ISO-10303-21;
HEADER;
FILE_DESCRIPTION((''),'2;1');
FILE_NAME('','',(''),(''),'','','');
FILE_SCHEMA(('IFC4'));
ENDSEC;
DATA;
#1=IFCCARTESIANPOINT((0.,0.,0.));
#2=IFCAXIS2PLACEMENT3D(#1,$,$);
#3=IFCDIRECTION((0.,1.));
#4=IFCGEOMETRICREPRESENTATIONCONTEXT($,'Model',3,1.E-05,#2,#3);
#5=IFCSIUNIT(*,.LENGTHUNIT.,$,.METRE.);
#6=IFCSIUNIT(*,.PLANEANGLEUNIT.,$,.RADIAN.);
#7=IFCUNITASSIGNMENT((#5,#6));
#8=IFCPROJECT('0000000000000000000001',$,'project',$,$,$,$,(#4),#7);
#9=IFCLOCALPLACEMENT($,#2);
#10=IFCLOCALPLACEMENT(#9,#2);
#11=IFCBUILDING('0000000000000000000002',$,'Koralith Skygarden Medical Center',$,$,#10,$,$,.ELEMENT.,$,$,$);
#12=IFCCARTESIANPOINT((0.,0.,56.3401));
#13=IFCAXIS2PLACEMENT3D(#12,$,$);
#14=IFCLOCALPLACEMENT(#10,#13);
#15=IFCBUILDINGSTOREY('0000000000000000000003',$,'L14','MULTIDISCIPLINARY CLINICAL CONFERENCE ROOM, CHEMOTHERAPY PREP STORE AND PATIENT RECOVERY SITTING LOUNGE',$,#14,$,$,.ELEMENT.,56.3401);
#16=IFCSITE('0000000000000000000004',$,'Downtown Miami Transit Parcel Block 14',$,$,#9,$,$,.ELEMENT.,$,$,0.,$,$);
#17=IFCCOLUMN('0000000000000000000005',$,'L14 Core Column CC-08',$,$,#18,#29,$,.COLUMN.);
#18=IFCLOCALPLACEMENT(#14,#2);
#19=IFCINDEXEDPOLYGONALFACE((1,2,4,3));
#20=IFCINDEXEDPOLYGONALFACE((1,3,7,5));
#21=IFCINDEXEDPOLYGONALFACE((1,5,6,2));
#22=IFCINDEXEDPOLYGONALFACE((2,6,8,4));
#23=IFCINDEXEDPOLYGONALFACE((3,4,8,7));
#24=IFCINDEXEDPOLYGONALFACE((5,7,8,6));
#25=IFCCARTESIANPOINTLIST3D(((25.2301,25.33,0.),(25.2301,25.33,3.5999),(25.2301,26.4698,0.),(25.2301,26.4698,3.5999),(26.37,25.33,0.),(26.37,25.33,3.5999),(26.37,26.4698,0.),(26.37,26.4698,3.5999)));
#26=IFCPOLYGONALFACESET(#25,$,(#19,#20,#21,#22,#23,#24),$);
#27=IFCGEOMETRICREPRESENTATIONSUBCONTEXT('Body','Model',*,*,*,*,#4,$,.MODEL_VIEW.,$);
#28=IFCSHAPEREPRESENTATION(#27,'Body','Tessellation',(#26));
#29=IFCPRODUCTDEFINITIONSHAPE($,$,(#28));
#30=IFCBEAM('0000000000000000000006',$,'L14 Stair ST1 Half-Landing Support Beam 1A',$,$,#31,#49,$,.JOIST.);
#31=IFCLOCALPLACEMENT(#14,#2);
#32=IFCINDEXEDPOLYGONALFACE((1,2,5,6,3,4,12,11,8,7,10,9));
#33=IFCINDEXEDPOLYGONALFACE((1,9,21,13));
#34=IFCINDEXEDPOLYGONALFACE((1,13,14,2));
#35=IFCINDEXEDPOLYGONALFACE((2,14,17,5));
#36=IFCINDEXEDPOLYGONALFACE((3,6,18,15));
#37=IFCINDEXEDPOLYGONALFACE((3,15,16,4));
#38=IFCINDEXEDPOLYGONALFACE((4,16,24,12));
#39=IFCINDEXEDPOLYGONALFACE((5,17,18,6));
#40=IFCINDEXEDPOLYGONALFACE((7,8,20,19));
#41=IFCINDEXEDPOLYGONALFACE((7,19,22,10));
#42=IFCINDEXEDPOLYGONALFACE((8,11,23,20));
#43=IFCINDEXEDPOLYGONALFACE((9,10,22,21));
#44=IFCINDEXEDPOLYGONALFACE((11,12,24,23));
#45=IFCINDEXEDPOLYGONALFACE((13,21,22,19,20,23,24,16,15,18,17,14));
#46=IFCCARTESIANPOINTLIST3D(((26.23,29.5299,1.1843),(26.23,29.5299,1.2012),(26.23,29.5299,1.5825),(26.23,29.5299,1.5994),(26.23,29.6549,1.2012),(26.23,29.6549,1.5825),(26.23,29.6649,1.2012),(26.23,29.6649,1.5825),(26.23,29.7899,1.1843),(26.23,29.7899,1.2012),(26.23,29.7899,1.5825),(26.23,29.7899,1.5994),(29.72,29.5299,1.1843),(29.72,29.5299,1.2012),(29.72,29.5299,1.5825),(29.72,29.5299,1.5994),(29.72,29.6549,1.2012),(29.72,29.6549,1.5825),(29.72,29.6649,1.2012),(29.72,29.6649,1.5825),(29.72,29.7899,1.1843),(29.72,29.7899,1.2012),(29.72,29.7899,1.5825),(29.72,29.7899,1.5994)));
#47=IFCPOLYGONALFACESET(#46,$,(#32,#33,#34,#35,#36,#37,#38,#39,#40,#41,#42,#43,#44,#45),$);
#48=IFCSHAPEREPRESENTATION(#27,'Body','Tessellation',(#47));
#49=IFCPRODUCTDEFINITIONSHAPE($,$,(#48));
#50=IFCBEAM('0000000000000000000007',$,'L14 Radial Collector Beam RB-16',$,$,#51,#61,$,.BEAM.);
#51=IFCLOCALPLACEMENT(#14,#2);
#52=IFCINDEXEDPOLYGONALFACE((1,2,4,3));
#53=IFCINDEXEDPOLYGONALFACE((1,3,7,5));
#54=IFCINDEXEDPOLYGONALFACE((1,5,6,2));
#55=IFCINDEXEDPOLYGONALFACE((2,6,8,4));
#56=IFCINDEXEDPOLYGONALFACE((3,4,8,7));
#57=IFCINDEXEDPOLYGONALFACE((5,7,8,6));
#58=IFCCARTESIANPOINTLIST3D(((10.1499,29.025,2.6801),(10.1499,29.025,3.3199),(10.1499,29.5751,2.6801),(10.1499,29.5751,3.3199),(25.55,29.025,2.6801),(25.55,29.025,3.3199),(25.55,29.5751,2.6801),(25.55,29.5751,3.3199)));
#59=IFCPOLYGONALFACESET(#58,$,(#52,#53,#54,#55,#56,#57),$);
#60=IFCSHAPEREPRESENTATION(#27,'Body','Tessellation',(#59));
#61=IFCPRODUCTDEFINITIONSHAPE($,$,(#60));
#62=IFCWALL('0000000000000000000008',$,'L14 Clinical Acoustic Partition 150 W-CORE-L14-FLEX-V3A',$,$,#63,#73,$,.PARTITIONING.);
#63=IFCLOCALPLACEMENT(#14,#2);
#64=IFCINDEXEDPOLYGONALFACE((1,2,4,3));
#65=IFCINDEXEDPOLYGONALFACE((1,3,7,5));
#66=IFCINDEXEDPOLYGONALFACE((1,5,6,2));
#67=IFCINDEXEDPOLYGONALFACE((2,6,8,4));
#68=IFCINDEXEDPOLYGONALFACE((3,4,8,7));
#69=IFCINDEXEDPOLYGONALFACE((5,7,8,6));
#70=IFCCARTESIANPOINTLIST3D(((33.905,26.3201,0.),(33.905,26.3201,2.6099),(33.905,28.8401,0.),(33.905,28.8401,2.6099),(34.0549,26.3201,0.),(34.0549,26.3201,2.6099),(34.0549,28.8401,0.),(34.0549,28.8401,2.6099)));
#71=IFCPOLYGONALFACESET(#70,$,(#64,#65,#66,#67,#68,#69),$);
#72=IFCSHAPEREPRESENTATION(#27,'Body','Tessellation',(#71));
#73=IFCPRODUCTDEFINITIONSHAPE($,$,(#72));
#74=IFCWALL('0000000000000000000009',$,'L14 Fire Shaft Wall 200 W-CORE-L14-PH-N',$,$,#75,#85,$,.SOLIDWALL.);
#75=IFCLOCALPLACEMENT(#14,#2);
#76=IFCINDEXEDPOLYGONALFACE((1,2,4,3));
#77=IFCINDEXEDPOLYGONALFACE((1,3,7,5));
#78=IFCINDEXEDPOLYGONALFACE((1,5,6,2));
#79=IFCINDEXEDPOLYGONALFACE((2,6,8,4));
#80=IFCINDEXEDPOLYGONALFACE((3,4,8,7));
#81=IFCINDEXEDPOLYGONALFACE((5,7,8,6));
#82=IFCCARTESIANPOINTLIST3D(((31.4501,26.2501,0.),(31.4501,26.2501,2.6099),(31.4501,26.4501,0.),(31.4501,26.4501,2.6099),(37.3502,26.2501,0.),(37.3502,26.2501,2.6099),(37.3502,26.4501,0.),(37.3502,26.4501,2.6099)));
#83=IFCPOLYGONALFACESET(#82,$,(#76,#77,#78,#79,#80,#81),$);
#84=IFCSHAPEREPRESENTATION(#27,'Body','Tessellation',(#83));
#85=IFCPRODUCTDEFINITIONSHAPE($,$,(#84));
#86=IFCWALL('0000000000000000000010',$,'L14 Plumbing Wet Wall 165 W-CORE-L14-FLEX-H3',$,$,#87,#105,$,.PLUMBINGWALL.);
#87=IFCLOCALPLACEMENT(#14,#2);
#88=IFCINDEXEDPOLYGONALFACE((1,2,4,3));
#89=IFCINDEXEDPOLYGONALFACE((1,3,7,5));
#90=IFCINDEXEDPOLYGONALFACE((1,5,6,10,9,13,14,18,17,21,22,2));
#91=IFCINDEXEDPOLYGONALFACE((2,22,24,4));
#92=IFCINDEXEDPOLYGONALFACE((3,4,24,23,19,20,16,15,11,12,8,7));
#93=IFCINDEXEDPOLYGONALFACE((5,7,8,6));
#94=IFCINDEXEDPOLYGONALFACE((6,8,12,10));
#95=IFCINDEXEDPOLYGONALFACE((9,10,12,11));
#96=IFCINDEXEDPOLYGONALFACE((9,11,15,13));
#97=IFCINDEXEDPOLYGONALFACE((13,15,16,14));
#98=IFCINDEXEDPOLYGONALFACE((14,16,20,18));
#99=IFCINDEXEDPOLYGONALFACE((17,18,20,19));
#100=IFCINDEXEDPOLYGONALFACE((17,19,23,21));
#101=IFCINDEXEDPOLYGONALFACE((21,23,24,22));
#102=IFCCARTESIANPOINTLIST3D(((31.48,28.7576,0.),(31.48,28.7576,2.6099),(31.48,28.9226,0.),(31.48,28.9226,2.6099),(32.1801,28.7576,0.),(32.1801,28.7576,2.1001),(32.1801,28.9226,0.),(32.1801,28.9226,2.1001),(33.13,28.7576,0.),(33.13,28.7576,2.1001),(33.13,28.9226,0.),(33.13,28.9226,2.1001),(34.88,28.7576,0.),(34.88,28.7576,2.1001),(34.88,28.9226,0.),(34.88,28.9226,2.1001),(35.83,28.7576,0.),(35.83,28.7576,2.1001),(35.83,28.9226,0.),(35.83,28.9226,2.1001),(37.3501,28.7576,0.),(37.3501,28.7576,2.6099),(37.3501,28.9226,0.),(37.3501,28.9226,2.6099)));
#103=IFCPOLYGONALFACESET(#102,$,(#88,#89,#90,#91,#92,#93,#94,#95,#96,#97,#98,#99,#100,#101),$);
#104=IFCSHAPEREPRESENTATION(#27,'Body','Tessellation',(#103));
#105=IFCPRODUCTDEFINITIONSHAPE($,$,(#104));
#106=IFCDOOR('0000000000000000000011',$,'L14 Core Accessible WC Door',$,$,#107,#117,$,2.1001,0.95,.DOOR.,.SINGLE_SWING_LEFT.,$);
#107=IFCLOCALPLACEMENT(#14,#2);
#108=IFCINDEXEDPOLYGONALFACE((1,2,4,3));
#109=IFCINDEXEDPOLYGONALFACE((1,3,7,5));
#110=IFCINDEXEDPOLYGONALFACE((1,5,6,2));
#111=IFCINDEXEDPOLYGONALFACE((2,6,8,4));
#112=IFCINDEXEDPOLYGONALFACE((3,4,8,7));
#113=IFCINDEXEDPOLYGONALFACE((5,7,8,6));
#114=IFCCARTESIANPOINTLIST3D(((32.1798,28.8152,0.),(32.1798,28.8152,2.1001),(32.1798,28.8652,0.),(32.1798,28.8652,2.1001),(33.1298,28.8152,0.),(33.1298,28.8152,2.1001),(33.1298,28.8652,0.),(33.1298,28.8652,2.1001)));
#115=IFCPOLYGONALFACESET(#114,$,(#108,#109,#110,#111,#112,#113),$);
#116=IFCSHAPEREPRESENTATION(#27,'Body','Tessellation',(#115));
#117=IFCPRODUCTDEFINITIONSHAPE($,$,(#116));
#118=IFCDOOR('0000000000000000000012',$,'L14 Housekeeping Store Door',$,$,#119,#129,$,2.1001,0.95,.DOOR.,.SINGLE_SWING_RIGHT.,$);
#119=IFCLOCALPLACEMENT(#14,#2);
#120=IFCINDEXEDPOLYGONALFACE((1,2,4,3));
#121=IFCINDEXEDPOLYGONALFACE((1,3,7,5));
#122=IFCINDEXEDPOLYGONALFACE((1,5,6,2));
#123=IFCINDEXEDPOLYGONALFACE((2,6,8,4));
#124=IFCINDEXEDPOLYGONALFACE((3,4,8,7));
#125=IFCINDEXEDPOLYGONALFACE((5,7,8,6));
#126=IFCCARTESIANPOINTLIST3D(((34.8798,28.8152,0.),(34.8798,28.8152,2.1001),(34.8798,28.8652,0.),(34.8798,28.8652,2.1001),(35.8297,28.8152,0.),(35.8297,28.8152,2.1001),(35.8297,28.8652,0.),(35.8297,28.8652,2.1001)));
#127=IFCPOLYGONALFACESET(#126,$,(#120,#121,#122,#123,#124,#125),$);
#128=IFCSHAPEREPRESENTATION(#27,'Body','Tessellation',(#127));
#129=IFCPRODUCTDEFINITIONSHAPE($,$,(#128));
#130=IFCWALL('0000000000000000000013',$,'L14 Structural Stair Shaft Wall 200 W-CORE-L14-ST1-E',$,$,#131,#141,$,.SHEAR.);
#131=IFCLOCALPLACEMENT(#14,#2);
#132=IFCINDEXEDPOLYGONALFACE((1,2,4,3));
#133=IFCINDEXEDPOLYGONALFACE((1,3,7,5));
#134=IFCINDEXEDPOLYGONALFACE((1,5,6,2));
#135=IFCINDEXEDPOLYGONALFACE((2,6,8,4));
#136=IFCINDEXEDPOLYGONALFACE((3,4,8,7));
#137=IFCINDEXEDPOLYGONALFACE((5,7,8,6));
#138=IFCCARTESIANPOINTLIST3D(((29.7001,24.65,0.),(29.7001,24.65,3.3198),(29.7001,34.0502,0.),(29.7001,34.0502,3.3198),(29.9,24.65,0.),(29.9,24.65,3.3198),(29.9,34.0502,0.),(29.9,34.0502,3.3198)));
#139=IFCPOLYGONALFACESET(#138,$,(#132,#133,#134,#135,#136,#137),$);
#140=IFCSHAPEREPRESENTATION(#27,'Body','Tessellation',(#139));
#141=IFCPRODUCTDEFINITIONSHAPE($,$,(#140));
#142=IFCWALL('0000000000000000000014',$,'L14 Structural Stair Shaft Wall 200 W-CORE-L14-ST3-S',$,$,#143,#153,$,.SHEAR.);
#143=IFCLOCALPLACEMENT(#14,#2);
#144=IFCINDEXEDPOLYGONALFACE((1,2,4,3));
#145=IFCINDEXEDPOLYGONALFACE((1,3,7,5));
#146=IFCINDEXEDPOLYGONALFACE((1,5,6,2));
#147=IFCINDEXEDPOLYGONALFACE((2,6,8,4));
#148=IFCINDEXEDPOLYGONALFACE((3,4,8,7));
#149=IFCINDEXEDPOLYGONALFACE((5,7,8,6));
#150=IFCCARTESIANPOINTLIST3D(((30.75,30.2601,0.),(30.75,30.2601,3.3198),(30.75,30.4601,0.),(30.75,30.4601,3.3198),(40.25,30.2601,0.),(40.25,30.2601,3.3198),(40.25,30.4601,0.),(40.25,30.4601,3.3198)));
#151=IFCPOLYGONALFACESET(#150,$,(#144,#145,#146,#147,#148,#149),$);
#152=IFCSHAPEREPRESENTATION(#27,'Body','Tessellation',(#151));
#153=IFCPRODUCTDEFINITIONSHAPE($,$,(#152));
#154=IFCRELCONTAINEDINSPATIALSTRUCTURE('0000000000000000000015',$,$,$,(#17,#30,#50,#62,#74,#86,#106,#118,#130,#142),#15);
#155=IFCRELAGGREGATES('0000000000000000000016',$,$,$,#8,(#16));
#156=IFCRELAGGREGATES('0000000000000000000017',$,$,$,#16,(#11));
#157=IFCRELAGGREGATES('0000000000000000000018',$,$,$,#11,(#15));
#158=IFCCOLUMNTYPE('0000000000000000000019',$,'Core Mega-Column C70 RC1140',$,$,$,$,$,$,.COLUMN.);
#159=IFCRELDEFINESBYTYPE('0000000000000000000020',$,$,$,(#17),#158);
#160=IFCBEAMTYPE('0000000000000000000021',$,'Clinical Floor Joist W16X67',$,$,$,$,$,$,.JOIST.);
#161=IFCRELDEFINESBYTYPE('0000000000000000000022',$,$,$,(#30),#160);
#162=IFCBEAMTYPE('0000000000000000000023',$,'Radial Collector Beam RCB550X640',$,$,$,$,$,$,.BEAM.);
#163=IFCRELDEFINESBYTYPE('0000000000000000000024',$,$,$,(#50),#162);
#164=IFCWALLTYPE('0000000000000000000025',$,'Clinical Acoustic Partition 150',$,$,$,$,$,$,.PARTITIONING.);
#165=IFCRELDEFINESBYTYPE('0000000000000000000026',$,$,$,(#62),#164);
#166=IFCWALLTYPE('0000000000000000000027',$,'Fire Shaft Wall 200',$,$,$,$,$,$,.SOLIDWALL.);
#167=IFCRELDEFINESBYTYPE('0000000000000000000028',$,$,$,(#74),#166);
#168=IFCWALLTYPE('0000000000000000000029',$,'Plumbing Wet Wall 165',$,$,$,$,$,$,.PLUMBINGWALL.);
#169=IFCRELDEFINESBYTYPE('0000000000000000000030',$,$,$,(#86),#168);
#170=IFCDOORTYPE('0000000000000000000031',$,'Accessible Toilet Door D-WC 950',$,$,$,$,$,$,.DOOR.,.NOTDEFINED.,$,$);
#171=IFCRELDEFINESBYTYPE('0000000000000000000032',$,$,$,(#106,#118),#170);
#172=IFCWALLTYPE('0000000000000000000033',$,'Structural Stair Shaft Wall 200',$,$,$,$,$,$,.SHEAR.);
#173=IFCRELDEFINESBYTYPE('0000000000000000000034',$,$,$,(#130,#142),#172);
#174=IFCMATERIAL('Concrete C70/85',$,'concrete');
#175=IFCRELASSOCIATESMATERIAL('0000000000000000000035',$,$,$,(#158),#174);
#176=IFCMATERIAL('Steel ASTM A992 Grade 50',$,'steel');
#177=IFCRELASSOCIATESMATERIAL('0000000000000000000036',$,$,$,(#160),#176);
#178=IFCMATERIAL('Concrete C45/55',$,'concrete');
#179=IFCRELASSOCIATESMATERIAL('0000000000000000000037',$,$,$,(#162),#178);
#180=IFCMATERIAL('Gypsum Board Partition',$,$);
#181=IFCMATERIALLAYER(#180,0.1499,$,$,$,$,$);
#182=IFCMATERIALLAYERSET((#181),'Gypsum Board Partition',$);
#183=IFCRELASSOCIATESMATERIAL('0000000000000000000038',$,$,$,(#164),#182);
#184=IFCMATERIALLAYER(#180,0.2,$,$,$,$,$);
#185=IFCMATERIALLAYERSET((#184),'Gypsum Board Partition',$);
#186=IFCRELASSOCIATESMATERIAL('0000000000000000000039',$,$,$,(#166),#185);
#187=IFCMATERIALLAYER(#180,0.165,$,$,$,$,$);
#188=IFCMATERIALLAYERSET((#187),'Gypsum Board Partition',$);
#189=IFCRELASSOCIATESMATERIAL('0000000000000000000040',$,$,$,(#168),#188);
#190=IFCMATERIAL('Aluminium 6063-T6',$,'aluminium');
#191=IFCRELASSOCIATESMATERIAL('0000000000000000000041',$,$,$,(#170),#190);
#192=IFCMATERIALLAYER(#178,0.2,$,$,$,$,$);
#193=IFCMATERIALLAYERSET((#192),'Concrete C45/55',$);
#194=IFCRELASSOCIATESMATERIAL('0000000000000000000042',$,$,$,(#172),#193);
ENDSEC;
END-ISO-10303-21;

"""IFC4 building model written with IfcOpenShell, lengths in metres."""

from ifc_helpers import new_model, si_unit, direction, frame, frame_2d, origin, origin_2d, place, context, subcontext, project, spatial, rectangle, i_section, extrude, material, layer, layer_set, material_profile, profile_set, type_object, element, fill, save


model = new_model("IFC4")

# Units and contexts
model_context = context("Model", 3, precision=1e-05, world=origin(), true_north=direction((0.0, 1.0)))
body_context = subcontext(model_context, "Body", "Model", "MODEL_VIEW")
ifc_project = project(units=[si_unit("LENGTHUNIT", "METRE"), si_unit("PLANEANGLEUNIT", "RADIAN")], contexts=[model_context])

# Site, building, storey
site_placement = place(None, origin())
site = spatial("IfcSite", under=ifc_project, at=site_placement, Name="Downtown Miami Transit Parcel Block 14", CompositionType="ELEMENT", RefElevation=0.0)
building_placement = place(site_placement, origin())
building = spatial("IfcBuilding", under=site, at=building_placement, Name="Koralith Skygarden Medical Center", CompositionType="ELEMENT")
storey_placement = place(building_placement, frame((0.0, 0.0, 56.3401)))
storey = spatial("IfcBuildingStorey", under=building, at=storey_placement, Name="L14", Description="MULTIDISCIPLINARY CLINICAL CONFERENCE ROOM, CHEMOTHERAPY PREP STORE AND PATIENT RECOVERY SITTING LOUNGE", CompositionType="ELEMENT", Elevation=56.3401)

# Column
ifc_material_1 = material(Name="Concrete C70/85", Category="concrete")
ifc_material_profile_1 = material_profile(ifc_material_1, rectangle(XDim=1.1399, YDim=1.1399, at=origin_2d()), Name="RC1140X1140")
ifc_profile_set_1 = profile_set([ifc_material_profile_1], Name="Concrete C70/85")
column_type = type_object("IfcColumnType", Name="Core Mega-Column C70 RC1140", PredefinedType="COLUMN", material=ifc_profile_set_1)
column_placement = place(storey_placement, frame((25.8, 25.8999, 0.0), z_axis=(0.0, 0.0, 1.0), x_axis=(1.0, 0.0, 0.0)))
element("IfcColumn", 1, at=column_placement, inside=storey, type_object=column_type, Name="L14 Core Column CC-08", PredefinedType="COLUMN", context=body_context, shape_type="SweptSolid", body=[
    extrude(rectangle(XDim=1.1399, YDim=1.1399, at=origin_2d()), origin(), (0.0, 0.0, 1.0), 3.5999),
])

# Beams
ifc_material_2 = material(Name="Steel ASTM A992 Grade 50", Category="steel")
ifc_material_profile_2 = material_profile(ifc_material_2, i_section(OverallWidth=0.26, OverallDepth=0.415, WebThickness=0.01, FlangeThickness=0.0168, at=origin_2d()), Name="W16X67")
ifc_profile_set_2 = profile_set([ifc_material_profile_2], Name="Steel ASTM A992 Grade 50")
beam_type_1 = type_object("IfcBeamType", Name="Clinical Floor Joist W16X67", PredefinedType="JOIST", material=ifc_profile_set_2)
beam_1_placement = place(storey_placement, frame((26.23, 29.6599, 1.3918), z_axis=(1.0, 0.0, 0.0), x_axis=(0.0, 1.0, 0.0)))
element("IfcBeam", 2, at=beam_1_placement, inside=storey, type_object=beam_type_1, Name="L14 Stair ST1 Half-Landing Support Beam 1A", PredefinedType="JOIST", context=body_context, shape_type="SweptSolid", body=[
    extrude(i_section(OverallWidth=0.26, OverallDepth=0.415, WebThickness=0.01, FlangeThickness=0.0168, at=origin_2d()), origin(), (0.0, 0.0, 1.0), 3.49),
])
ifc_material_3 = material(Name="Concrete C45/55", Category="concrete")
ifc_material_profile_3 = material_profile(ifc_material_3, rectangle(XDim=0.55, YDim=0.6399, at=origin_2d()), Name="RCB550X640")
ifc_profile_set_3 = profile_set([ifc_material_profile_3], Name="Concrete C45/55")
beam_type_2 = type_object("IfcBeamType", Name="Radial Collector Beam RCB550X640", PredefinedType="BEAM", material=ifc_profile_set_3)
beam_2_placement = place(storey_placement, frame((25.55, 29.3, 3.0), z_axis=(-1.0, 0.0, 0.0), x_axis=(0.0, -1.0, 0.0)))
element("IfcBeam", 3, at=beam_2_placement, inside=storey, type_object=beam_type_2, Name="L14 Radial Collector Beam RB-16", PredefinedType="BEAM", context=body_context, shape_type="SweptSolid", body=[
    extrude(rectangle(XDim=0.55, YDim=0.6399, at=origin_2d()), origin(), (0.0, 0.0, 1.0), 15.4001),
])

# Walls
ifc_material_4 = material(Name="Gypsum Board Partition")
ifc_layer_1 = layer(ifc_material_4, 0.1499)
ifc_layer_set_1 = layer_set([ifc_layer_1], Name="Gypsum Board Partition")
wall_type_1 = type_object("IfcWallType", Name="Clinical Acoustic Partition 150", PredefinedType="PARTITIONING", material=ifc_layer_set_1)
wall_1_placement = place(storey_placement, frame((33.98, 26.3201, 0.0), z_axis=(0.0, 0.0, 1.0), x_axis=(0.0, 1.0, 0.0)))
element("IfcWall", 4, at=wall_1_placement, inside=storey, type_object=wall_type_1, Name="L14 Clinical Acoustic Partition 150 W-CORE-L14-FLEX-V3A", PredefinedType="PARTITIONING", context=body_context, shape_type="SweptSolid", body=[
    extrude(rectangle(XDim=2.52, YDim=0.1499, at=frame_2d((1.26, 0.0))), origin(), (0.0, 0.0, 1.0), 2.6099),
])
ifc_layer_2 = layer(ifc_material_4, 0.2)
ifc_layer_set_2 = layer_set([ifc_layer_2], Name="Gypsum Board Partition")
wall_type_2 = type_object("IfcWallType", Name="Fire Shaft Wall 200", PredefinedType="SOLIDWALL", material=ifc_layer_set_2)
wall_2_placement = place(storey_placement, frame((31.45, 26.3501, 0.0), z_axis=(0.0, 0.0, 1.0), x_axis=(1.0, 0.0, 0.0)))
element("IfcWall", 5, at=wall_2_placement, inside=storey, type_object=wall_type_2, Name="L14 Fire Shaft Wall 200 W-CORE-L14-PH-N", PredefinedType="SOLIDWALL", context=body_context, shape_type="SweptSolid", body=[
    extrude(rectangle(XDim=5.9001, YDim=0.2, at=frame_2d((2.9502, 0.0))), origin(), (0.0, 0.0, 1.0), 2.6099),
])

# Shared definitions
ifc_layer_3 = layer(ifc_material_4, 0.165)
ifc_layer_set_3 = layer_set([ifc_layer_3], Name="Gypsum Board Partition")
wall_type_3 = type_object("IfcWallType", Name="Plumbing Wet Wall 165", PredefinedType="PLUMBINGWALL", material=ifc_layer_set_3)
ifc_material_5 = material(Name="Aluminium 6063-T6", Category="aluminium")

# Wall, openings, doors
wall_3_placement = place(storey_placement, frame((31.48, 28.8401, 0.0), z_axis=(0.0, 0.0, 1.0), x_axis=(1.0, 0.0, 0.0)))
wall_3 = element("IfcWall", 6, at=wall_3_placement, inside=storey, type_object=wall_type_3, Name="L14 Plumbing Wet Wall 165 W-CORE-L14-FLEX-H3", PredefinedType="PLUMBINGWALL", context=body_context, shape_type="SweptSolid", body=[
    extrude(rectangle(XDim=5.8701, YDim=0.165, at=frame_2d((2.9351, 0.0))), origin(), (0.0, 0.0, 1.0), 2.6099),
])
opening_1_placement = place(wall_3_placement, frame((0.7, 0.0, 0.0)))
opening_1 = element("IfcOpeningElement", 7, at=opening_1_placement, cuts=wall_3, PredefinedType="OPENING", context=body_context, shape_type="SweptSolid", body=[
    extrude(rectangle(XDim=0.95, YDim=2.1001, at=frame_2d((0.4751, 1.05))), frame((0.0, 0.0925, 0.0), z_axis=(0.0, -1.0, 0.0), x_axis=(1.0, 0.0, 0.0)), (0.0, 0.0, 1.0), 0.1851),
])
opening_2_placement = place(wall_3_placement, frame((3.3999, 0.0, 0.0)))
opening_2 = element("IfcOpeningElement", 8, at=opening_2_placement, cuts=wall_3, PredefinedType="OPENING", context=body_context, shape_type="SweptSolid", body=[
    extrude(rectangle(XDim=0.95, YDim=2.1001, at=frame_2d((0.4751, 1.05))), frame((0.0, 0.0925, 0.0), z_axis=(0.0, -1.0, 0.0), x_axis=(1.0, 0.0, 0.0)), (0.0, 0.0, 1.0), 0.1851),
])
door_type_1 = type_object("IfcDoorType", Name="Accessible Toilet Door D-WC 950", OperationType="NOTDEFINED", PredefinedType="DOOR", material=ifc_material_5)
door_1_placement = place(opening_1_placement, frame((0.95, 0.0, 0.0), z_axis=(0.0, 0.0, 1.0), x_axis=(-1.0, 0.0, 0.0)))
door_1 = element("IfcDoor", 9, at=door_1_placement, inside=storey, type_object=door_type_1, Name="L14 Core Accessible WC Door", OperationType="SINGLE_SWING_LEFT", OverallHeight=2.1001, OverallWidth=0.95, PredefinedType="DOOR", context=body_context, shape_type="SweptSolid", body=[
    extrude(rectangle(XDim=0.95, YDim=2.1001, at=frame_2d((0.4751, 1.05))), frame((0.0, 0.0249, 0.0), z_axis=(0.0, -1.0, 0.0), x_axis=(1.0, 0.0, 0.0)), (0.0, 0.0, 1.0), 0.05),
])
fill(opening_1, door_1)
door_2_placement = place(opening_2_placement, frame((0.95, 0.0, 0.0), z_axis=(0.0, 0.0, 1.0), x_axis=(-1.0, 0.0, 0.0)))
door_2 = element("IfcDoor", 10, at=door_2_placement, inside=storey, type_object=door_type_1, Name="L14 Housekeeping Store Door", OperationType="SINGLE_SWING_RIGHT", OverallHeight=2.1001, OverallWidth=0.95, PredefinedType="DOOR", context=body_context, shape_type="SweptSolid", body=[
    extrude(rectangle(XDim=0.95, YDim=2.1001, at=frame_2d((0.4751, 1.05))), frame((0.0, 0.0249, 0.0), z_axis=(0.0, -1.0, 0.0), x_axis=(1.0, 0.0, 0.0)), (0.0, 0.0, 1.0), 0.05),
])
fill(opening_2, door_2)

# Walls
ifc_layer_4 = layer(ifc_material_3, 0.2)
ifc_layer_set_4 = layer_set([ifc_layer_4], Name="Concrete C45/55")
wall_type_4 = type_object("IfcWallType", Name="Structural Stair Shaft Wall 200", PredefinedType="SHEAR", material=ifc_layer_set_4)
wall_4_placement = place(storey_placement, frame((29.8, 24.6499, 0.0), z_axis=(0.0, 0.0, 1.0), x_axis=(0.0, 1.0, 0.0)))
element("IfcWall", 11, at=wall_4_placement, inside=storey, type_object=wall_type_4, Name="L14 Structural Stair Shaft Wall 200 W-CORE-L14-ST1-E", PredefinedType="SHEAR", context=body_context, shape_type="SweptSolid", body=[
    extrude(rectangle(XDim=9.4001, YDim=0.2, at=frame_2d((4.7002, 0.0))), origin(), (0.0, 0.0, 1.0), 3.3198),
])
wall_5_placement = place(storey_placement, frame((30.75, 30.3601, 0.0), z_axis=(0.0, 0.0, 1.0), x_axis=(1.0, 0.0, 0.0)))
element("IfcWall", 12, at=wall_5_placement, inside=storey, type_object=wall_type_4, Name="L14 Structural Stair Shaft Wall 200 W-CORE-L14-ST3-S", PredefinedType="SHEAR", context=body_context, shape_type="SweptSolid", body=[
    extrude(rectangle(XDim=9.5, YDim=0.2, at=frame_2d((4.75, 0.0))), origin(), (0.0, 0.0, 1.0), 3.3198),
])

save(model, "model.ifc")
